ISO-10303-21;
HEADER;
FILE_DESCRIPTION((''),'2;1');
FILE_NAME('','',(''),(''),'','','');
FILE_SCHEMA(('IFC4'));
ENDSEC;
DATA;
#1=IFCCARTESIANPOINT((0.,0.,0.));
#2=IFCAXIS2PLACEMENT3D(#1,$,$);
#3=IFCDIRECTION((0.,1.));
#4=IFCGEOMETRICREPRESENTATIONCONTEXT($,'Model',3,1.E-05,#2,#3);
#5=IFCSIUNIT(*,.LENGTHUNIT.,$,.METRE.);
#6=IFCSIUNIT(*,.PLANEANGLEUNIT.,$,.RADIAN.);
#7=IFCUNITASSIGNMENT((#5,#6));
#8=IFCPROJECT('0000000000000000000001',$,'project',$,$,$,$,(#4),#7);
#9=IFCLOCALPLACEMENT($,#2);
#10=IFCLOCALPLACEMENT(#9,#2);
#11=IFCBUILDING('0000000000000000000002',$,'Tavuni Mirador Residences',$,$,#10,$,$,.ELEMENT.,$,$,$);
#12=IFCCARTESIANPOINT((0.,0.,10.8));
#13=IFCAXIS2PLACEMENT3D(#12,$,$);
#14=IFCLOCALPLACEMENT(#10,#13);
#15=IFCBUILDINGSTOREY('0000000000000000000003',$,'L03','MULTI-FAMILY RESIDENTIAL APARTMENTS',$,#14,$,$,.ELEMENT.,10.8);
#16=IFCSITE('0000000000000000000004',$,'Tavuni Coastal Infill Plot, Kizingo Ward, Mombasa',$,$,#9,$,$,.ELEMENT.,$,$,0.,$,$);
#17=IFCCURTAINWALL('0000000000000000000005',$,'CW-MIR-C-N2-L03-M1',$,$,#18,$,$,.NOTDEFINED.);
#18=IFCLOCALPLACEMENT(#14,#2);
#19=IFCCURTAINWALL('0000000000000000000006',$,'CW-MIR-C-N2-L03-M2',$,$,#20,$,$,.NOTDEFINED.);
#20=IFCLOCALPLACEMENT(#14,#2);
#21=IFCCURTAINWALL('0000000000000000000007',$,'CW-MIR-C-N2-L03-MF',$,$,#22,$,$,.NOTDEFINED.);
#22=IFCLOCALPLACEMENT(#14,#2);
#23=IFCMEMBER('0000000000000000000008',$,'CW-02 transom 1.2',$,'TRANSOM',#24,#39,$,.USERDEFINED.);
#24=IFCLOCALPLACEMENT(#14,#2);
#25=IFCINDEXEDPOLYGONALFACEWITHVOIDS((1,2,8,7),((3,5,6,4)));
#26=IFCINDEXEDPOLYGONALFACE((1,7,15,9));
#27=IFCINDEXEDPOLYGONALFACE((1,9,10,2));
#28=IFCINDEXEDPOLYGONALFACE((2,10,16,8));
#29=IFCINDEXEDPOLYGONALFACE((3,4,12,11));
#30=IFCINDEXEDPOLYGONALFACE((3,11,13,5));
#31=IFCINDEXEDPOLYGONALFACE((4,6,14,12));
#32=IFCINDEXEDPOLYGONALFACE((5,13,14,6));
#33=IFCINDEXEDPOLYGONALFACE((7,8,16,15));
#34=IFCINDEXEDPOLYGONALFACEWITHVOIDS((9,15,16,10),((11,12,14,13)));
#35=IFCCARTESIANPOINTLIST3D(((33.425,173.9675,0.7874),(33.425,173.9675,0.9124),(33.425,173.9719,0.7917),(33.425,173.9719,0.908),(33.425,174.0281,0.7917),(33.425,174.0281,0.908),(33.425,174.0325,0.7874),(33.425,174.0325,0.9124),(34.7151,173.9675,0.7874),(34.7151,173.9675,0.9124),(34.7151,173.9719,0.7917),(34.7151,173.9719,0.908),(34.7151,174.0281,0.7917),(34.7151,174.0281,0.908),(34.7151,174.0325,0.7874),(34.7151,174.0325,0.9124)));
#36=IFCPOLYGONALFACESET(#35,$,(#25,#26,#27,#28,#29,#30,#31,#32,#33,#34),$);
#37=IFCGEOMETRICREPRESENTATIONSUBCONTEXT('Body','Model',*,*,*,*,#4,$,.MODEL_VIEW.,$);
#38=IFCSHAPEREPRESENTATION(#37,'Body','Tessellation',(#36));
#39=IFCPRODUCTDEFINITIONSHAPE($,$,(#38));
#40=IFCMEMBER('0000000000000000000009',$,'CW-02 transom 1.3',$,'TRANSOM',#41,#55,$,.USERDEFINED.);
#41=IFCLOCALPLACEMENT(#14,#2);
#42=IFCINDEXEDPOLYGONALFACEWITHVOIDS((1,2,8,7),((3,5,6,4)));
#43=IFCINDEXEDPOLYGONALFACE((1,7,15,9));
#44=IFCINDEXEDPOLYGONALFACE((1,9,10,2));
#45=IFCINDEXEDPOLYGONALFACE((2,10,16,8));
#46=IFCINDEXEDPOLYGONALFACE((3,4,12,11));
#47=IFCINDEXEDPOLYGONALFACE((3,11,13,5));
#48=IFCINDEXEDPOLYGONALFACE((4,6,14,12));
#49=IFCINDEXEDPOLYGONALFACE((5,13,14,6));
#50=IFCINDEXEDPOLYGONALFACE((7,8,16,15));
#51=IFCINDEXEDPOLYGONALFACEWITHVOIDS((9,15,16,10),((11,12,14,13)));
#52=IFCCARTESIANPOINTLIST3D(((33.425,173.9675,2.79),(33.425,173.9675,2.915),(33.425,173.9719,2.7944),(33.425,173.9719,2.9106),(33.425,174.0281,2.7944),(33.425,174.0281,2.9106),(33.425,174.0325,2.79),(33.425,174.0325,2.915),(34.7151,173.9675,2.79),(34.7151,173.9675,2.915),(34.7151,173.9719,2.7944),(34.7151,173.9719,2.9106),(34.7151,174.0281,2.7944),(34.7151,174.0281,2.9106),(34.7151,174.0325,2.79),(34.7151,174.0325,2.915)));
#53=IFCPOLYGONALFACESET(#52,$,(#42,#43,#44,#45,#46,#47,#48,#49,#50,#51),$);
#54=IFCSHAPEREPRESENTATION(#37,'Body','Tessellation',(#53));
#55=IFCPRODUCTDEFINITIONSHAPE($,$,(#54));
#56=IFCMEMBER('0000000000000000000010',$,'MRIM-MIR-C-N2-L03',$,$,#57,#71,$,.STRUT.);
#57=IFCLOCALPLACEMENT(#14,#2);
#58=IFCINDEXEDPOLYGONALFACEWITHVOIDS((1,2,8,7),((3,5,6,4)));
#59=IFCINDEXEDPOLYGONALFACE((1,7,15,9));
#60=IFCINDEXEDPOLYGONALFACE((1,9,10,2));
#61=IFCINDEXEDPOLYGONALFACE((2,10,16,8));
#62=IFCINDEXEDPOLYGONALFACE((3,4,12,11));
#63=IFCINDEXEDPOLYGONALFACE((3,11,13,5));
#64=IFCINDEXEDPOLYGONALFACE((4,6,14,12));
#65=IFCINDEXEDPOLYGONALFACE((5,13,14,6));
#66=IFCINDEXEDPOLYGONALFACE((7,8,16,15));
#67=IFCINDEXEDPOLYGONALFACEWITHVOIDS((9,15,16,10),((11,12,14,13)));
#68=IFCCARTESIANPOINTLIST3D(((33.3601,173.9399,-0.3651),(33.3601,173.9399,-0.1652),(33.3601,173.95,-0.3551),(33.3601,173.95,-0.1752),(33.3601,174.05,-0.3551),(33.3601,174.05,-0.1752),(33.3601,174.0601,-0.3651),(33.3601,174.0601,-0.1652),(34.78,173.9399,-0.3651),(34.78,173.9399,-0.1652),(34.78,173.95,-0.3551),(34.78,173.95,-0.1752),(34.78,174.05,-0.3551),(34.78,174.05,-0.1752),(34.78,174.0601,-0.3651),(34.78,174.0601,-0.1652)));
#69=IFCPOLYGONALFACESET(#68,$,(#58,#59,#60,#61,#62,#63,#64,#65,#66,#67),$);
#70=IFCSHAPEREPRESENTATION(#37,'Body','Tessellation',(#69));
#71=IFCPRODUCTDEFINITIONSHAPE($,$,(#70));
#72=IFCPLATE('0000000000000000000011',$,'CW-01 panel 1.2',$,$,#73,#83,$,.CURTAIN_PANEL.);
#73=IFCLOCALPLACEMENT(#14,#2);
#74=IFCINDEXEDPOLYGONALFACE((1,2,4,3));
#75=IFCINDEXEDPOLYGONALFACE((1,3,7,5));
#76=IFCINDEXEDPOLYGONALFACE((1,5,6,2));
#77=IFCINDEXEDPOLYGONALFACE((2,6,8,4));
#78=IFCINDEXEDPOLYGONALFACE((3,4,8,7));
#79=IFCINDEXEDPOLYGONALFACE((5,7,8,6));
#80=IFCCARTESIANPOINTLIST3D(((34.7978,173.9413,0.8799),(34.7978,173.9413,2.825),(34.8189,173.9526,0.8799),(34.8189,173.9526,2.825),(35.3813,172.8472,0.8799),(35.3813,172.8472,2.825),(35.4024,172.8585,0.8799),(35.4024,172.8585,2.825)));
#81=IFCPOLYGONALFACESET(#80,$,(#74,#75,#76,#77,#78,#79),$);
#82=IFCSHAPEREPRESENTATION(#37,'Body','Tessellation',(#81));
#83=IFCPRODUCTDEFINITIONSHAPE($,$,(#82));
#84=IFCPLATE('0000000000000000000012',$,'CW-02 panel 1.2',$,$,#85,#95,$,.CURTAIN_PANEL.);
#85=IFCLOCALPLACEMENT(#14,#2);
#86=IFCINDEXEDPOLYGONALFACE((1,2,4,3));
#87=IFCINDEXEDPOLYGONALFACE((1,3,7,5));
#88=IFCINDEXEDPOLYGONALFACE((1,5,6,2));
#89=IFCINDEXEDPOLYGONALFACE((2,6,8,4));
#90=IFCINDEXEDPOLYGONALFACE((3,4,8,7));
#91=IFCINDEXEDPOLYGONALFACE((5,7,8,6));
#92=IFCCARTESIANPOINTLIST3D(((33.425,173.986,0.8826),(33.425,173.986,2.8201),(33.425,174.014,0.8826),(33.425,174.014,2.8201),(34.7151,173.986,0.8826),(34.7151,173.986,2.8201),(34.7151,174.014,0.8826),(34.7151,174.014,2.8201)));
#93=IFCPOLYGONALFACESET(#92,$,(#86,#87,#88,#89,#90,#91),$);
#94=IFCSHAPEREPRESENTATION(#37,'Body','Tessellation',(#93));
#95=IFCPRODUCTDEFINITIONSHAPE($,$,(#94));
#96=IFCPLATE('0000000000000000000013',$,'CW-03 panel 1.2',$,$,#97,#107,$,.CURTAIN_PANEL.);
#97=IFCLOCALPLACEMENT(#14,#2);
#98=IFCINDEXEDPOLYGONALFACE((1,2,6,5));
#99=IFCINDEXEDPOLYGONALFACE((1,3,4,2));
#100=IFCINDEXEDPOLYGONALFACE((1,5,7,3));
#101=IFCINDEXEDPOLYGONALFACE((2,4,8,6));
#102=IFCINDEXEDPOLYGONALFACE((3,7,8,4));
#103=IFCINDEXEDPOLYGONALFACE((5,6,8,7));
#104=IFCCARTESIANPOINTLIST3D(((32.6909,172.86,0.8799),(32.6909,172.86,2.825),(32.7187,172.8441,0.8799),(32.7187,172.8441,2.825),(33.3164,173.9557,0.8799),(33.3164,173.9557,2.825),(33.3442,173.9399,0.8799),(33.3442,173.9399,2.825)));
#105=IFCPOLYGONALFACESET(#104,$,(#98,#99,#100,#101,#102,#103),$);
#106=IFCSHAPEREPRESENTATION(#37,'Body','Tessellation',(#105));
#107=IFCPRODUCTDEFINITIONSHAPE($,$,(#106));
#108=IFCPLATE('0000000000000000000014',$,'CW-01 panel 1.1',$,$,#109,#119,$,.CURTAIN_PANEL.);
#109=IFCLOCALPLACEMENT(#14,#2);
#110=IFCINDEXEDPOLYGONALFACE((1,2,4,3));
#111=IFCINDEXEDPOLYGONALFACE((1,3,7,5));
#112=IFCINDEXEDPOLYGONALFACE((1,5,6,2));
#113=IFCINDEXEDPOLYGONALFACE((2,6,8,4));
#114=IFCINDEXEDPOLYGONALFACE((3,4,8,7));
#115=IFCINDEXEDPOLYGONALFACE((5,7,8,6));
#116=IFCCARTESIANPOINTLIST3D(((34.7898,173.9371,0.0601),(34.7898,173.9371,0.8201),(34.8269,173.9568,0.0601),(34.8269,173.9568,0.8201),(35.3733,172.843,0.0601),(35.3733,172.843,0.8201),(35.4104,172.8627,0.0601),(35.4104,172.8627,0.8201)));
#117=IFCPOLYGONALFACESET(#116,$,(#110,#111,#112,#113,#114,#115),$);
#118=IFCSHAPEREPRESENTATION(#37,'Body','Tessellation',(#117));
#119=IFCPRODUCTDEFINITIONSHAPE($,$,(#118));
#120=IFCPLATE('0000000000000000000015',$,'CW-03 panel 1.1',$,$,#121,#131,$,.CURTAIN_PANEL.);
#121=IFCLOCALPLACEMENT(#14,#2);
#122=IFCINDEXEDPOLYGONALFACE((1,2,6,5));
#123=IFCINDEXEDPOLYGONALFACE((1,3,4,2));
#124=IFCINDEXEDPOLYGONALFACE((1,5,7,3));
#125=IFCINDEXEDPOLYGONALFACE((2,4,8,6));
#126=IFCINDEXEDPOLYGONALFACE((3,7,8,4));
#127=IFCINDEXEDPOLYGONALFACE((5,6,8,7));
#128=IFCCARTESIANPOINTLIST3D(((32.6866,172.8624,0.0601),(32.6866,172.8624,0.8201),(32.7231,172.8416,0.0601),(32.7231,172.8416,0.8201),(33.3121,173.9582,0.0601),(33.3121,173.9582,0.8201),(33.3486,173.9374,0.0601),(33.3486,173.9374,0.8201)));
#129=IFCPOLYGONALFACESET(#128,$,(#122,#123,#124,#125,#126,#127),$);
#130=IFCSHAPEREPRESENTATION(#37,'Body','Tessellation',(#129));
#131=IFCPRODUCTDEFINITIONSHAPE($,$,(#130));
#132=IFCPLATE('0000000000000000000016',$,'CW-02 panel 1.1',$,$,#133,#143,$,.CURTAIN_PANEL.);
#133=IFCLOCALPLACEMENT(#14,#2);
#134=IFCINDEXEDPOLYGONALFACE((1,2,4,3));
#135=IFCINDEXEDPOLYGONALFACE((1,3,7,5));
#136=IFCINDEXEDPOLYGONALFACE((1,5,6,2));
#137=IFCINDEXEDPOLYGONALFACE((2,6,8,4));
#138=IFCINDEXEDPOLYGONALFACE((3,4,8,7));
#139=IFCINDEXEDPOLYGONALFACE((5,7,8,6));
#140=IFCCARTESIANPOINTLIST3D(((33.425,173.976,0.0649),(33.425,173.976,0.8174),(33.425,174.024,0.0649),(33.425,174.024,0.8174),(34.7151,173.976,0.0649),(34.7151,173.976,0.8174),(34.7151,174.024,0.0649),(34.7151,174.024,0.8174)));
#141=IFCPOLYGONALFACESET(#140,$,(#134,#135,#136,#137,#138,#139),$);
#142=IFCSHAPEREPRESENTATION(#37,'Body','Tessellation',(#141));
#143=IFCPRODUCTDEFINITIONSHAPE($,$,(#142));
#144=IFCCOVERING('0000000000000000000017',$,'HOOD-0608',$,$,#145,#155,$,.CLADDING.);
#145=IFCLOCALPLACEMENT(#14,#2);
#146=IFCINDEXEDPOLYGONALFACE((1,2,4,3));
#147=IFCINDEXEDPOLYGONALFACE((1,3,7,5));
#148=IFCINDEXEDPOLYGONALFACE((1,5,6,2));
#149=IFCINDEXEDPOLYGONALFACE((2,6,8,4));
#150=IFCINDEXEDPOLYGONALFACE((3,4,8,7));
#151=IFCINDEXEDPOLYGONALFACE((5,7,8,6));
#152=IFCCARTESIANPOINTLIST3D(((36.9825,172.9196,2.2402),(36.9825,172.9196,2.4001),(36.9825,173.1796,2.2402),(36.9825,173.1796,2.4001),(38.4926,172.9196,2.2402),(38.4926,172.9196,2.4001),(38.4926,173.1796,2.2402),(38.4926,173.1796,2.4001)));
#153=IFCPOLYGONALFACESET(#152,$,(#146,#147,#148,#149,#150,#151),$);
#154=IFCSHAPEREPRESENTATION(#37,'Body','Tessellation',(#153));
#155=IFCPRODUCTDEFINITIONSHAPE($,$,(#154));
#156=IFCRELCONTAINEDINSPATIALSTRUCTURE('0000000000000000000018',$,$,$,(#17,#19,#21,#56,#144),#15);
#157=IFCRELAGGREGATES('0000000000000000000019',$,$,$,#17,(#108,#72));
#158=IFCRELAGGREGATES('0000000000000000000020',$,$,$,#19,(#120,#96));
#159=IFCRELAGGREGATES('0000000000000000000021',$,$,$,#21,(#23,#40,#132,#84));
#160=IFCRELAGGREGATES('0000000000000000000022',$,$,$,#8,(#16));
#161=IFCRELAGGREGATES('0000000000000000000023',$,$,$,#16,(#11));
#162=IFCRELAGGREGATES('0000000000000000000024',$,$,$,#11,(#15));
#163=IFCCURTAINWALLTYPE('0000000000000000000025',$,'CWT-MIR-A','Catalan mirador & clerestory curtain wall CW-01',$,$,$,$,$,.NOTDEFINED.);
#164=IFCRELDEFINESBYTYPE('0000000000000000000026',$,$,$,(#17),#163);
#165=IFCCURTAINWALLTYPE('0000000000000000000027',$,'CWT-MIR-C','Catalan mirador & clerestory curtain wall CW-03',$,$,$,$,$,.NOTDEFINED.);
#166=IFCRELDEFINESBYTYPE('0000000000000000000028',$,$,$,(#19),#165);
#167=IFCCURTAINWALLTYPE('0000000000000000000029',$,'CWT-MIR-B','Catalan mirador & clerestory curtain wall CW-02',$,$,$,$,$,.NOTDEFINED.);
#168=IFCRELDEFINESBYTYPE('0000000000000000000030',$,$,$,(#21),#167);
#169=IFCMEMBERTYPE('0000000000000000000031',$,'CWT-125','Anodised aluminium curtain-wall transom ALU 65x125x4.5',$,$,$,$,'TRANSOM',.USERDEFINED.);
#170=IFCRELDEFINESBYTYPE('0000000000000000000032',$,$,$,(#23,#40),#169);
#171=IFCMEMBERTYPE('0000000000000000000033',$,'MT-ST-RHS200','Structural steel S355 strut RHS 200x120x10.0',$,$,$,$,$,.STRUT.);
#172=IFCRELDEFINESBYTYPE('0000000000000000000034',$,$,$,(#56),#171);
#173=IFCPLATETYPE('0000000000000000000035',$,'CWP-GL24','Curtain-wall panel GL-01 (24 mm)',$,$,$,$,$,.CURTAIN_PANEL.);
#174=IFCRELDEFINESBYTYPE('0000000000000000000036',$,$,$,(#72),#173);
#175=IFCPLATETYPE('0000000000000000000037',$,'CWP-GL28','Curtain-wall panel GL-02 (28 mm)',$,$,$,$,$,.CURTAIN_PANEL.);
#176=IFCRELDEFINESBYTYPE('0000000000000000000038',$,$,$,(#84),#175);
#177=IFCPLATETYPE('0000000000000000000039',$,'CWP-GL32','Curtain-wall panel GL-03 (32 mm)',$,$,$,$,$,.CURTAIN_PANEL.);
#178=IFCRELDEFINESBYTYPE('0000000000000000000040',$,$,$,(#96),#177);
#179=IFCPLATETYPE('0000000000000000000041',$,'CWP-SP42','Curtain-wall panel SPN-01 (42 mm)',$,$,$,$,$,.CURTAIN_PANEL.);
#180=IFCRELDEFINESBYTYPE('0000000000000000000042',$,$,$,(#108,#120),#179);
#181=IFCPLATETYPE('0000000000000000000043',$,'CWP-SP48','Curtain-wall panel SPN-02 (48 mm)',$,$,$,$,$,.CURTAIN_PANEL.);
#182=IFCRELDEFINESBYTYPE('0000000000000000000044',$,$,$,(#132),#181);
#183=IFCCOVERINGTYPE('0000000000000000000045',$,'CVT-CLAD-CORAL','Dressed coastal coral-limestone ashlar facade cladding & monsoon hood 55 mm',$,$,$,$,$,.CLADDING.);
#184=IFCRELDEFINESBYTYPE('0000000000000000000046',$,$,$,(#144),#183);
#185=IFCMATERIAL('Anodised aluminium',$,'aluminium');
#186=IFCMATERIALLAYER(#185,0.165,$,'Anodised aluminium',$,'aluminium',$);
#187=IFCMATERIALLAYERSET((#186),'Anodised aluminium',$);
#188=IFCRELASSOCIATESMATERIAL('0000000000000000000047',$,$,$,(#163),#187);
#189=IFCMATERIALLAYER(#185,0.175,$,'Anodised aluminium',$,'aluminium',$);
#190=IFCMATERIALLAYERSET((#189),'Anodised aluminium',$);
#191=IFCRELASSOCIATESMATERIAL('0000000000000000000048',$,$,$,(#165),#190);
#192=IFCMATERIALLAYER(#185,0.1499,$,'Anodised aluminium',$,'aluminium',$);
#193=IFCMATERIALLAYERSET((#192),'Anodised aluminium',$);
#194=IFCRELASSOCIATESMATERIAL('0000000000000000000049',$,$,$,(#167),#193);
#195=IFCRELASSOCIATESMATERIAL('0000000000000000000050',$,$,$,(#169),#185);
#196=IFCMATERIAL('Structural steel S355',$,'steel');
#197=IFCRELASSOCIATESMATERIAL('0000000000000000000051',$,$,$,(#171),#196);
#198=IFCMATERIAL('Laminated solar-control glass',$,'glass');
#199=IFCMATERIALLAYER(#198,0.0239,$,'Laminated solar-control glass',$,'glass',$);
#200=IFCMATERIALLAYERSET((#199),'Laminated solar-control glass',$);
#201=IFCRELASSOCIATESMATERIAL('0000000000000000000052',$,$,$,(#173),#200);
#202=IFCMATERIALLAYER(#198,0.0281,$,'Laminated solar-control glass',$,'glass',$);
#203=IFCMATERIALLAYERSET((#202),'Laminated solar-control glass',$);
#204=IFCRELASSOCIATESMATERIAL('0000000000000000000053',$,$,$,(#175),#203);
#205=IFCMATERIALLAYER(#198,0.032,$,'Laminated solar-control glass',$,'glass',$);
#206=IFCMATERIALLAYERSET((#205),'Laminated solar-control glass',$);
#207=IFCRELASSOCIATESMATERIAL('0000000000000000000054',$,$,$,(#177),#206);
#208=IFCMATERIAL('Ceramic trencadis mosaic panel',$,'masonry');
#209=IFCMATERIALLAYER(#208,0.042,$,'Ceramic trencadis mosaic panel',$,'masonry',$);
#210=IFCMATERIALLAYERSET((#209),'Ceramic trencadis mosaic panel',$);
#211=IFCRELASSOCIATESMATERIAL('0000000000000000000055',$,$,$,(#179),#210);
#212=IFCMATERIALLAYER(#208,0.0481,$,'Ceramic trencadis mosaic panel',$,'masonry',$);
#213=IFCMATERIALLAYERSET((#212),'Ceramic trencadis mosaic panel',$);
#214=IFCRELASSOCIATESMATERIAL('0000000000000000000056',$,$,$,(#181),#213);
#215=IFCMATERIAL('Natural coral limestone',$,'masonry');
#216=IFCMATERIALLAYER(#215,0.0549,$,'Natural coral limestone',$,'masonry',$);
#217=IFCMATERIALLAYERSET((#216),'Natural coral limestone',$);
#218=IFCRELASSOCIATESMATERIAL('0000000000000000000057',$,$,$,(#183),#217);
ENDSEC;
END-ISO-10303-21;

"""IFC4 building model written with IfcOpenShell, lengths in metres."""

from ifc_helpers import new_model, si_unit, direction, frame, origin, origin_2d, place, context, subcontext, project, spatial, rectangle, hollow_rectangle, extrude, material, layer, layer_set, material_profile, profile_set, type_object, element, aggregate, save


model = new_model("IFC4")

# Units and contexts
model_context = context("Model", 3, precision=1e-05, world=origin(), true_north=direction((0.0, 1.0)))
body_context = subcontext(model_context, "Body", "Model", "MODEL_VIEW")
ifc_project = project(units=[si_unit("LENGTHUNIT", "METRE"), si_unit("PLANEANGLEUNIT", "RADIAN")], contexts=[model_context])

# Site, building, storey
site_placement = place(None, origin())
site = spatial("IfcSite", under=ifc_project, at=site_placement, Name="Tavuni Coastal Infill Plot, Kizingo Ward, Mombasa", CompositionType="ELEMENT", RefElevation=0.0)
building_placement = place(site_placement, origin())
building = spatial("IfcBuilding", under=site, at=building_placement, Name="Tavuni Mirador Residences", CompositionType="ELEMENT")
storey_placement = place(building_placement, frame((0.0, 0.0, 10.8)))
storey = spatial("IfcBuildingStorey", under=building, at=storey_placement, Name="L03", Description="MULTI-FAMILY RESIDENTIAL APARTMENTS", CompositionType="ELEMENT", Elevation=10.8)

# Curtain walls
ifc_material_1 = material(Name="Anodised aluminium", Category="aluminium")
ifc_layer_1 = layer(ifc_material_1, 0.165, Name="Anodised aluminium", Category="aluminium")
ifc_layer_set_1 = layer_set([ifc_layer_1], Name="Anodised aluminium")
curtain_wall_type_1 = type_object("IfcCurtainWallType", Name="CWT-MIR-A", Description="Catalan mirador & clerestory curtain wall CW-01", PredefinedType="NOTDEFINED", material=ifc_layer_set_1)
curtain_wall_1_placement = place(storey_placement, origin())
curtain_wall_1 = element("IfcCurtainWall", 1, at=curtain_wall_1_placement, inside=storey, type_object=curtain_wall_type_1, Name="CW-MIR-C-N2-L03-M1", PredefinedType="NOTDEFINED")
ifc_layer_2 = layer(ifc_material_1, 0.175, Name="Anodised aluminium", Category="aluminium")
ifc_layer_set_2 = layer_set([ifc_layer_2], Name="Anodised aluminium")
curtain_wall_type_2 = type_object("IfcCurtainWallType", Name="CWT-MIR-C", Description="Catalan mirador & clerestory curtain wall CW-03", PredefinedType="NOTDEFINED", material=ifc_layer_set_2)
curtain_wall_2_placement = place(storey_placement, origin())
curtain_wall_2 = element("IfcCurtainWall", 2, at=curtain_wall_2_placement, inside=storey, type_object=curtain_wall_type_2, Name="CW-MIR-C-N2-L03-M2", PredefinedType="NOTDEFINED")

# Curtain wall
ifc_layer_3 = layer(ifc_material_1, 0.1499, Name="Anodised aluminium", Category="aluminium")
ifc_layer_set_3 = layer_set([ifc_layer_3], Name="Anodised aluminium")
curtain_wall_type_3 = type_object("IfcCurtainWallType", Name="CWT-MIR-B", Description="Catalan mirador & clerestory curtain wall CW-02", PredefinedType="NOTDEFINED", material=ifc_layer_set_3)
curtain_wall_3_placement = place(storey_placement, origin())
curtain_wall_3 = element("IfcCurtainWall", 3, at=curtain_wall_3_placement, inside=storey, type_object=curtain_wall_type_3, Name="CW-MIR-C-N2-L03-MF", PredefinedType="NOTDEFINED")

# Members
ifc_material_profile_1 = material_profile(ifc_material_1, hollow_rectangle(XDim=0.0649, YDim=0.125, WallThickness=0.0044, at=origin_2d()), Name="ALU 65x125x4.5", Category="aluminium")
ifc_profile_set_1 = profile_set([ifc_material_profile_1], Name="Anodised aluminium")
member_type_1 = type_object("IfcMemberType", Name="CWT-125", Description="Anodised aluminium curtain-wall transom ALU 65x125x4.5", ElementType="TRANSOM", PredefinedType="USERDEFINED", material=ifc_profile_set_1)
member_1_placement = place(storey_placement, frame((34.7151, 174.0, 0.8499), z_axis=(-1.0, 0.0, 0.0), x_axis=(0.0, -1.0, 0.0)))
member_1 = element("IfcMember", 4, at=member_1_placement, type_object=member_type_1, Name="CW-02 transom 1.2", ObjectType="TRANSOM", PredefinedType="USERDEFINED", context=body_context, shape_type="SweptSolid", body=[
    extrude(hollow_rectangle(XDim=0.0649, YDim=0.125, WallThickness=0.0044, at=origin_2d()), origin(), (0.0, 0.0, 1.0), 1.29),
])
member_2_placement = place(storey_placement, frame((34.7151, 174.0, 2.8525), z_axis=(-1.0, 0.0, 0.0), x_axis=(0.0, -1.0, 0.0)))
member_2 = element("IfcMember", 5, at=member_2_placement, type_object=member_type_1, Name="CW-02 transom 1.3", ObjectType="TRANSOM", PredefinedType="USERDEFINED", context=body_context, shape_type="SweptSolid", body=[
    extrude(hollow_rectangle(XDim=0.0649, YDim=0.125, WallThickness=0.0044, at=origin_2d()), origin(), (0.0, 0.0, 1.0), 1.29),
])
ifc_material_2 = material(Name="Structural steel S355", Category="steel")
ifc_material_profile_2 = material_profile(ifc_material_2, hollow_rectangle(XDim=0.1201, YDim=0.2, WallThickness=0.01, at=origin_2d()), Name="RHS 200x120x10.0", Category="steel")
ifc_profile_set_2 = profile_set([ifc_material_profile_2], Name="Structural steel S355")
member_type_2 = type_object("IfcMemberType", Name="MT-ST-RHS200", Description="Structural steel S355 strut RHS 200x120x10.0", PredefinedType="STRUT", material=ifc_profile_set_2)
member_3_placement = place(storey_placement, frame((33.3601, 174.0, -0.2651), z_axis=(1.0, 0.0, 0.0), x_axis=(0.0, 1.0, 0.0)))
element("IfcMember", 6, at=member_3_placement, inside=storey, type_object=member_type_2, Name="MRIM-MIR-C-N2-L03", PredefinedType="STRUT", context=body_context, shape_type="SweptSolid", body=[
    extrude(hollow_rectangle(XDim=0.1201, YDim=0.2, WallThickness=0.01, at=origin_2d()), origin(), (0.0, 0.0, 1.0), 1.4199),
])

# Plates
ifc_material_3 = material(Name="Laminated solar-control glass", Category="glass")
ifc_layer_4 = layer(ifc_material_3, 0.0239, Name="Laminated solar-control glass", Category="glass")
ifc_layer_set_4 = layer_set([ifc_layer_4], Name="Laminated solar-control glass")
plate_type_1 = type_object("IfcPlateType", Name="CWP-GL24", Description="Curtain-wall panel GL-01 (24 mm)", PredefinedType="CURTAIN_PANEL", material=ifc_layer_set_4)
plate_1_placement = place(storey_placement, frame((35.1001, 173.3999, 0.8799), z_axis=(0.0, 0.0, 1.0), x_axis=(-0.470588, 0.882353, 0.0)))
plate_1 = element("IfcPlate", 7, at=plate_1_placement, type_object=plate_type_1, Name="CW-01 panel 1.2", PredefinedType="CURTAIN_PANEL", context=body_context, shape_type="SweptSolid", body=[
    extrude(rectangle(XDim=1.24, YDim=0.0239, at=origin_2d()), origin(), (0.0, 0.0, 1.0), 1.9451),
])
ifc_layer_5 = layer(ifc_material_3, 0.0281, Name="Laminated solar-control glass", Category="glass")
ifc_layer_set_5 = layer_set([ifc_layer_5], Name="Laminated solar-control glass")
plate_type_2 = type_object("IfcPlateType", Name="CWP-GL28", Description="Curtain-wall panel GL-02 (28 mm)", PredefinedType="CURTAIN_PANEL", material=ifc_layer_set_5)
plate_2_placement = place(storey_placement, frame((34.0701, 174.0, 0.8826), z_axis=(0.0, 0.0, 1.0), x_axis=(-1.0, 0.0, 0.0)))
plate_2 = element("IfcPlate", 8, at=plate_2_placement, type_object=plate_type_2, Name="CW-02 panel 1.2", PredefinedType="CURTAIN_PANEL", context=body_context, shape_type="SweptSolid", body=[
    extrude(rectangle(XDim=1.29, YDim=0.0281, at=origin_2d()), origin(), (0.0, 0.0, 1.0), 1.9375),
])
ifc_layer_6 = layer(ifc_material_3, 0.032, Name="Laminated solar-control glass", Category="glass")
ifc_layer_set_6 = layer_set([ifc_layer_6], Name="Laminated solar-control glass")
plate_type_3 = type_object("IfcPlateType", Name="CWP-GL32", Description="Curtain-wall panel GL-03 (32 mm)", PredefinedType="CURTAIN_PANEL", material=ifc_layer_set_6)
plate_3_placement = place(storey_placement, frame((33.0176, 173.3999, 0.8799), z_axis=(0.0, 0.0, 1.0), x_axis=(-0.495749, -0.868466, 0.0)))
plate_3 = element("IfcPlate", 9, at=plate_3_placement, type_object=plate_type_3, Name="CW-03 panel 1.2", PredefinedType="CURTAIN_PANEL", context=body_context, shape_type="SweptSolid", body=[
    extrude(rectangle(XDim=1.2617, YDim=0.032, at=origin_2d()), origin(), (0.0, 0.0, 1.0), 1.9451),
])
ifc_material_4 = material(Name="Ceramic trencadis mosaic panel", Category="masonry")
ifc_layer_7 = layer(ifc_material_4, 0.042, Name="Ceramic trencadis mosaic panel", Category="masonry")
ifc_layer_set_7 = layer_set([ifc_layer_7], Name="Ceramic trencadis mosaic panel")
plate_type_4 = type_object("IfcPlateType", Name="CWP-SP42", Description="Curtain-wall panel SPN-01 (42 mm)", PredefinedType="CURTAIN_PANEL", material=ifc_layer_set_7)
plate_4_placement = place(storey_placement, frame((35.1001, 173.3999, 0.0601), z_axis=(0.0, 0.0, 1.0), x_axis=(-0.470588, 0.882353, 0.0)))
plate_4 = element("IfcPlate", 10, at=plate_4_placement, type_object=plate_type_4, Name="CW-01 panel 1.1", PredefinedType="CURTAIN_PANEL", context=body_context, shape_type="SweptSolid", body=[
    extrude(rectangle(XDim=1.24, YDim=0.042, at=origin_2d()), origin(), (0.0, 0.0, 1.0), 0.76),
])
aggregate(curtain_wall_1, [plate_4, plate_1])
plate_5_placement = place(storey_placement, frame((33.0176, 173.3999, 0.0601), z_axis=(0.0, 0.0, 1.0), x_axis=(-0.495749, -0.868466, 0.0)))
plate_5 = element("IfcPlate", 11, at=plate_5_placement, type_object=plate_type_4, Name="CW-03 panel 1.1", PredefinedType="CURTAIN_PANEL", context=body_context, shape_type="SweptSolid", body=[
    extrude(rectangle(XDim=1.2617, YDim=0.042, at=origin_2d()), origin(), (0.0, 0.0, 1.0), 0.76),
])
aggregate(curtain_wall_2, [plate_5, plate_3])
ifc_layer_8 = layer(ifc_material_4, 0.0481, Name="Ceramic trencadis mosaic panel", Category="masonry")
ifc_layer_set_8 = layer_set([ifc_layer_8], Name="Ceramic trencadis mosaic panel")
plate_type_5 = type_object("IfcPlateType", Name="CWP-SP48", Description="Curtain-wall panel SPN-02 (48 mm)", PredefinedType="CURTAIN_PANEL", material=ifc_layer_set_8)
plate_6_placement = place(storey_placement, frame((34.0701, 174.0, 0.0649), z_axis=(0.0, 0.0, 1.0), x_axis=(-1.0, 0.0, 0.0)))
plate_6 = element("IfcPlate", 12, at=plate_6_placement, type_object=plate_type_5, Name="CW-02 panel 1.1", PredefinedType="CURTAIN_PANEL", context=body_context, shape_type="SweptSolid", body=[
    extrude(rectangle(XDim=1.29, YDim=0.0481, at=origin_2d()), origin(), (0.0, 0.0, 1.0), 0.7524),
])
aggregate(curtain_wall_3, [member_1, member_2, plate_6, plate_2])

# Covering
ifc_material_5 = material(Name="Natural coral limestone", Category="masonry")
ifc_layer_9 = layer(ifc_material_5, 0.0549, Name="Natural coral limestone", Category="masonry")
ifc_layer_set_9 = layer_set([ifc_layer_9], Name="Natural coral limestone")
covering_type = type_object("IfcCoveringType", Name="CVT-CLAD-CORAL", Description="Dressed coastal coral-limestone ashlar facade cladding & monsoon hood 55 mm", PredefinedType="CLADDING", material=ifc_layer_set_9)
covering_placement = place(storey_placement, frame((37.7375, 173.0496, 2.2402), z_axis=(0.0, 0.0, 1.0), x_axis=(-1.0, 0.0, 0.0)))
element("IfcCovering", 13, at=covering_placement, inside=storey, type_object=covering_type, Name="HOOD-0608", PredefinedType="CLADDING", context=body_context, shape_type="SweptSolid", body=[
    extrude(rectangle(XDim=1.51, YDim=0.26, at=origin_2d()), origin(), (0.0, 0.0, 1.0), 0.1599),
])

save(model, "model.ifc")
